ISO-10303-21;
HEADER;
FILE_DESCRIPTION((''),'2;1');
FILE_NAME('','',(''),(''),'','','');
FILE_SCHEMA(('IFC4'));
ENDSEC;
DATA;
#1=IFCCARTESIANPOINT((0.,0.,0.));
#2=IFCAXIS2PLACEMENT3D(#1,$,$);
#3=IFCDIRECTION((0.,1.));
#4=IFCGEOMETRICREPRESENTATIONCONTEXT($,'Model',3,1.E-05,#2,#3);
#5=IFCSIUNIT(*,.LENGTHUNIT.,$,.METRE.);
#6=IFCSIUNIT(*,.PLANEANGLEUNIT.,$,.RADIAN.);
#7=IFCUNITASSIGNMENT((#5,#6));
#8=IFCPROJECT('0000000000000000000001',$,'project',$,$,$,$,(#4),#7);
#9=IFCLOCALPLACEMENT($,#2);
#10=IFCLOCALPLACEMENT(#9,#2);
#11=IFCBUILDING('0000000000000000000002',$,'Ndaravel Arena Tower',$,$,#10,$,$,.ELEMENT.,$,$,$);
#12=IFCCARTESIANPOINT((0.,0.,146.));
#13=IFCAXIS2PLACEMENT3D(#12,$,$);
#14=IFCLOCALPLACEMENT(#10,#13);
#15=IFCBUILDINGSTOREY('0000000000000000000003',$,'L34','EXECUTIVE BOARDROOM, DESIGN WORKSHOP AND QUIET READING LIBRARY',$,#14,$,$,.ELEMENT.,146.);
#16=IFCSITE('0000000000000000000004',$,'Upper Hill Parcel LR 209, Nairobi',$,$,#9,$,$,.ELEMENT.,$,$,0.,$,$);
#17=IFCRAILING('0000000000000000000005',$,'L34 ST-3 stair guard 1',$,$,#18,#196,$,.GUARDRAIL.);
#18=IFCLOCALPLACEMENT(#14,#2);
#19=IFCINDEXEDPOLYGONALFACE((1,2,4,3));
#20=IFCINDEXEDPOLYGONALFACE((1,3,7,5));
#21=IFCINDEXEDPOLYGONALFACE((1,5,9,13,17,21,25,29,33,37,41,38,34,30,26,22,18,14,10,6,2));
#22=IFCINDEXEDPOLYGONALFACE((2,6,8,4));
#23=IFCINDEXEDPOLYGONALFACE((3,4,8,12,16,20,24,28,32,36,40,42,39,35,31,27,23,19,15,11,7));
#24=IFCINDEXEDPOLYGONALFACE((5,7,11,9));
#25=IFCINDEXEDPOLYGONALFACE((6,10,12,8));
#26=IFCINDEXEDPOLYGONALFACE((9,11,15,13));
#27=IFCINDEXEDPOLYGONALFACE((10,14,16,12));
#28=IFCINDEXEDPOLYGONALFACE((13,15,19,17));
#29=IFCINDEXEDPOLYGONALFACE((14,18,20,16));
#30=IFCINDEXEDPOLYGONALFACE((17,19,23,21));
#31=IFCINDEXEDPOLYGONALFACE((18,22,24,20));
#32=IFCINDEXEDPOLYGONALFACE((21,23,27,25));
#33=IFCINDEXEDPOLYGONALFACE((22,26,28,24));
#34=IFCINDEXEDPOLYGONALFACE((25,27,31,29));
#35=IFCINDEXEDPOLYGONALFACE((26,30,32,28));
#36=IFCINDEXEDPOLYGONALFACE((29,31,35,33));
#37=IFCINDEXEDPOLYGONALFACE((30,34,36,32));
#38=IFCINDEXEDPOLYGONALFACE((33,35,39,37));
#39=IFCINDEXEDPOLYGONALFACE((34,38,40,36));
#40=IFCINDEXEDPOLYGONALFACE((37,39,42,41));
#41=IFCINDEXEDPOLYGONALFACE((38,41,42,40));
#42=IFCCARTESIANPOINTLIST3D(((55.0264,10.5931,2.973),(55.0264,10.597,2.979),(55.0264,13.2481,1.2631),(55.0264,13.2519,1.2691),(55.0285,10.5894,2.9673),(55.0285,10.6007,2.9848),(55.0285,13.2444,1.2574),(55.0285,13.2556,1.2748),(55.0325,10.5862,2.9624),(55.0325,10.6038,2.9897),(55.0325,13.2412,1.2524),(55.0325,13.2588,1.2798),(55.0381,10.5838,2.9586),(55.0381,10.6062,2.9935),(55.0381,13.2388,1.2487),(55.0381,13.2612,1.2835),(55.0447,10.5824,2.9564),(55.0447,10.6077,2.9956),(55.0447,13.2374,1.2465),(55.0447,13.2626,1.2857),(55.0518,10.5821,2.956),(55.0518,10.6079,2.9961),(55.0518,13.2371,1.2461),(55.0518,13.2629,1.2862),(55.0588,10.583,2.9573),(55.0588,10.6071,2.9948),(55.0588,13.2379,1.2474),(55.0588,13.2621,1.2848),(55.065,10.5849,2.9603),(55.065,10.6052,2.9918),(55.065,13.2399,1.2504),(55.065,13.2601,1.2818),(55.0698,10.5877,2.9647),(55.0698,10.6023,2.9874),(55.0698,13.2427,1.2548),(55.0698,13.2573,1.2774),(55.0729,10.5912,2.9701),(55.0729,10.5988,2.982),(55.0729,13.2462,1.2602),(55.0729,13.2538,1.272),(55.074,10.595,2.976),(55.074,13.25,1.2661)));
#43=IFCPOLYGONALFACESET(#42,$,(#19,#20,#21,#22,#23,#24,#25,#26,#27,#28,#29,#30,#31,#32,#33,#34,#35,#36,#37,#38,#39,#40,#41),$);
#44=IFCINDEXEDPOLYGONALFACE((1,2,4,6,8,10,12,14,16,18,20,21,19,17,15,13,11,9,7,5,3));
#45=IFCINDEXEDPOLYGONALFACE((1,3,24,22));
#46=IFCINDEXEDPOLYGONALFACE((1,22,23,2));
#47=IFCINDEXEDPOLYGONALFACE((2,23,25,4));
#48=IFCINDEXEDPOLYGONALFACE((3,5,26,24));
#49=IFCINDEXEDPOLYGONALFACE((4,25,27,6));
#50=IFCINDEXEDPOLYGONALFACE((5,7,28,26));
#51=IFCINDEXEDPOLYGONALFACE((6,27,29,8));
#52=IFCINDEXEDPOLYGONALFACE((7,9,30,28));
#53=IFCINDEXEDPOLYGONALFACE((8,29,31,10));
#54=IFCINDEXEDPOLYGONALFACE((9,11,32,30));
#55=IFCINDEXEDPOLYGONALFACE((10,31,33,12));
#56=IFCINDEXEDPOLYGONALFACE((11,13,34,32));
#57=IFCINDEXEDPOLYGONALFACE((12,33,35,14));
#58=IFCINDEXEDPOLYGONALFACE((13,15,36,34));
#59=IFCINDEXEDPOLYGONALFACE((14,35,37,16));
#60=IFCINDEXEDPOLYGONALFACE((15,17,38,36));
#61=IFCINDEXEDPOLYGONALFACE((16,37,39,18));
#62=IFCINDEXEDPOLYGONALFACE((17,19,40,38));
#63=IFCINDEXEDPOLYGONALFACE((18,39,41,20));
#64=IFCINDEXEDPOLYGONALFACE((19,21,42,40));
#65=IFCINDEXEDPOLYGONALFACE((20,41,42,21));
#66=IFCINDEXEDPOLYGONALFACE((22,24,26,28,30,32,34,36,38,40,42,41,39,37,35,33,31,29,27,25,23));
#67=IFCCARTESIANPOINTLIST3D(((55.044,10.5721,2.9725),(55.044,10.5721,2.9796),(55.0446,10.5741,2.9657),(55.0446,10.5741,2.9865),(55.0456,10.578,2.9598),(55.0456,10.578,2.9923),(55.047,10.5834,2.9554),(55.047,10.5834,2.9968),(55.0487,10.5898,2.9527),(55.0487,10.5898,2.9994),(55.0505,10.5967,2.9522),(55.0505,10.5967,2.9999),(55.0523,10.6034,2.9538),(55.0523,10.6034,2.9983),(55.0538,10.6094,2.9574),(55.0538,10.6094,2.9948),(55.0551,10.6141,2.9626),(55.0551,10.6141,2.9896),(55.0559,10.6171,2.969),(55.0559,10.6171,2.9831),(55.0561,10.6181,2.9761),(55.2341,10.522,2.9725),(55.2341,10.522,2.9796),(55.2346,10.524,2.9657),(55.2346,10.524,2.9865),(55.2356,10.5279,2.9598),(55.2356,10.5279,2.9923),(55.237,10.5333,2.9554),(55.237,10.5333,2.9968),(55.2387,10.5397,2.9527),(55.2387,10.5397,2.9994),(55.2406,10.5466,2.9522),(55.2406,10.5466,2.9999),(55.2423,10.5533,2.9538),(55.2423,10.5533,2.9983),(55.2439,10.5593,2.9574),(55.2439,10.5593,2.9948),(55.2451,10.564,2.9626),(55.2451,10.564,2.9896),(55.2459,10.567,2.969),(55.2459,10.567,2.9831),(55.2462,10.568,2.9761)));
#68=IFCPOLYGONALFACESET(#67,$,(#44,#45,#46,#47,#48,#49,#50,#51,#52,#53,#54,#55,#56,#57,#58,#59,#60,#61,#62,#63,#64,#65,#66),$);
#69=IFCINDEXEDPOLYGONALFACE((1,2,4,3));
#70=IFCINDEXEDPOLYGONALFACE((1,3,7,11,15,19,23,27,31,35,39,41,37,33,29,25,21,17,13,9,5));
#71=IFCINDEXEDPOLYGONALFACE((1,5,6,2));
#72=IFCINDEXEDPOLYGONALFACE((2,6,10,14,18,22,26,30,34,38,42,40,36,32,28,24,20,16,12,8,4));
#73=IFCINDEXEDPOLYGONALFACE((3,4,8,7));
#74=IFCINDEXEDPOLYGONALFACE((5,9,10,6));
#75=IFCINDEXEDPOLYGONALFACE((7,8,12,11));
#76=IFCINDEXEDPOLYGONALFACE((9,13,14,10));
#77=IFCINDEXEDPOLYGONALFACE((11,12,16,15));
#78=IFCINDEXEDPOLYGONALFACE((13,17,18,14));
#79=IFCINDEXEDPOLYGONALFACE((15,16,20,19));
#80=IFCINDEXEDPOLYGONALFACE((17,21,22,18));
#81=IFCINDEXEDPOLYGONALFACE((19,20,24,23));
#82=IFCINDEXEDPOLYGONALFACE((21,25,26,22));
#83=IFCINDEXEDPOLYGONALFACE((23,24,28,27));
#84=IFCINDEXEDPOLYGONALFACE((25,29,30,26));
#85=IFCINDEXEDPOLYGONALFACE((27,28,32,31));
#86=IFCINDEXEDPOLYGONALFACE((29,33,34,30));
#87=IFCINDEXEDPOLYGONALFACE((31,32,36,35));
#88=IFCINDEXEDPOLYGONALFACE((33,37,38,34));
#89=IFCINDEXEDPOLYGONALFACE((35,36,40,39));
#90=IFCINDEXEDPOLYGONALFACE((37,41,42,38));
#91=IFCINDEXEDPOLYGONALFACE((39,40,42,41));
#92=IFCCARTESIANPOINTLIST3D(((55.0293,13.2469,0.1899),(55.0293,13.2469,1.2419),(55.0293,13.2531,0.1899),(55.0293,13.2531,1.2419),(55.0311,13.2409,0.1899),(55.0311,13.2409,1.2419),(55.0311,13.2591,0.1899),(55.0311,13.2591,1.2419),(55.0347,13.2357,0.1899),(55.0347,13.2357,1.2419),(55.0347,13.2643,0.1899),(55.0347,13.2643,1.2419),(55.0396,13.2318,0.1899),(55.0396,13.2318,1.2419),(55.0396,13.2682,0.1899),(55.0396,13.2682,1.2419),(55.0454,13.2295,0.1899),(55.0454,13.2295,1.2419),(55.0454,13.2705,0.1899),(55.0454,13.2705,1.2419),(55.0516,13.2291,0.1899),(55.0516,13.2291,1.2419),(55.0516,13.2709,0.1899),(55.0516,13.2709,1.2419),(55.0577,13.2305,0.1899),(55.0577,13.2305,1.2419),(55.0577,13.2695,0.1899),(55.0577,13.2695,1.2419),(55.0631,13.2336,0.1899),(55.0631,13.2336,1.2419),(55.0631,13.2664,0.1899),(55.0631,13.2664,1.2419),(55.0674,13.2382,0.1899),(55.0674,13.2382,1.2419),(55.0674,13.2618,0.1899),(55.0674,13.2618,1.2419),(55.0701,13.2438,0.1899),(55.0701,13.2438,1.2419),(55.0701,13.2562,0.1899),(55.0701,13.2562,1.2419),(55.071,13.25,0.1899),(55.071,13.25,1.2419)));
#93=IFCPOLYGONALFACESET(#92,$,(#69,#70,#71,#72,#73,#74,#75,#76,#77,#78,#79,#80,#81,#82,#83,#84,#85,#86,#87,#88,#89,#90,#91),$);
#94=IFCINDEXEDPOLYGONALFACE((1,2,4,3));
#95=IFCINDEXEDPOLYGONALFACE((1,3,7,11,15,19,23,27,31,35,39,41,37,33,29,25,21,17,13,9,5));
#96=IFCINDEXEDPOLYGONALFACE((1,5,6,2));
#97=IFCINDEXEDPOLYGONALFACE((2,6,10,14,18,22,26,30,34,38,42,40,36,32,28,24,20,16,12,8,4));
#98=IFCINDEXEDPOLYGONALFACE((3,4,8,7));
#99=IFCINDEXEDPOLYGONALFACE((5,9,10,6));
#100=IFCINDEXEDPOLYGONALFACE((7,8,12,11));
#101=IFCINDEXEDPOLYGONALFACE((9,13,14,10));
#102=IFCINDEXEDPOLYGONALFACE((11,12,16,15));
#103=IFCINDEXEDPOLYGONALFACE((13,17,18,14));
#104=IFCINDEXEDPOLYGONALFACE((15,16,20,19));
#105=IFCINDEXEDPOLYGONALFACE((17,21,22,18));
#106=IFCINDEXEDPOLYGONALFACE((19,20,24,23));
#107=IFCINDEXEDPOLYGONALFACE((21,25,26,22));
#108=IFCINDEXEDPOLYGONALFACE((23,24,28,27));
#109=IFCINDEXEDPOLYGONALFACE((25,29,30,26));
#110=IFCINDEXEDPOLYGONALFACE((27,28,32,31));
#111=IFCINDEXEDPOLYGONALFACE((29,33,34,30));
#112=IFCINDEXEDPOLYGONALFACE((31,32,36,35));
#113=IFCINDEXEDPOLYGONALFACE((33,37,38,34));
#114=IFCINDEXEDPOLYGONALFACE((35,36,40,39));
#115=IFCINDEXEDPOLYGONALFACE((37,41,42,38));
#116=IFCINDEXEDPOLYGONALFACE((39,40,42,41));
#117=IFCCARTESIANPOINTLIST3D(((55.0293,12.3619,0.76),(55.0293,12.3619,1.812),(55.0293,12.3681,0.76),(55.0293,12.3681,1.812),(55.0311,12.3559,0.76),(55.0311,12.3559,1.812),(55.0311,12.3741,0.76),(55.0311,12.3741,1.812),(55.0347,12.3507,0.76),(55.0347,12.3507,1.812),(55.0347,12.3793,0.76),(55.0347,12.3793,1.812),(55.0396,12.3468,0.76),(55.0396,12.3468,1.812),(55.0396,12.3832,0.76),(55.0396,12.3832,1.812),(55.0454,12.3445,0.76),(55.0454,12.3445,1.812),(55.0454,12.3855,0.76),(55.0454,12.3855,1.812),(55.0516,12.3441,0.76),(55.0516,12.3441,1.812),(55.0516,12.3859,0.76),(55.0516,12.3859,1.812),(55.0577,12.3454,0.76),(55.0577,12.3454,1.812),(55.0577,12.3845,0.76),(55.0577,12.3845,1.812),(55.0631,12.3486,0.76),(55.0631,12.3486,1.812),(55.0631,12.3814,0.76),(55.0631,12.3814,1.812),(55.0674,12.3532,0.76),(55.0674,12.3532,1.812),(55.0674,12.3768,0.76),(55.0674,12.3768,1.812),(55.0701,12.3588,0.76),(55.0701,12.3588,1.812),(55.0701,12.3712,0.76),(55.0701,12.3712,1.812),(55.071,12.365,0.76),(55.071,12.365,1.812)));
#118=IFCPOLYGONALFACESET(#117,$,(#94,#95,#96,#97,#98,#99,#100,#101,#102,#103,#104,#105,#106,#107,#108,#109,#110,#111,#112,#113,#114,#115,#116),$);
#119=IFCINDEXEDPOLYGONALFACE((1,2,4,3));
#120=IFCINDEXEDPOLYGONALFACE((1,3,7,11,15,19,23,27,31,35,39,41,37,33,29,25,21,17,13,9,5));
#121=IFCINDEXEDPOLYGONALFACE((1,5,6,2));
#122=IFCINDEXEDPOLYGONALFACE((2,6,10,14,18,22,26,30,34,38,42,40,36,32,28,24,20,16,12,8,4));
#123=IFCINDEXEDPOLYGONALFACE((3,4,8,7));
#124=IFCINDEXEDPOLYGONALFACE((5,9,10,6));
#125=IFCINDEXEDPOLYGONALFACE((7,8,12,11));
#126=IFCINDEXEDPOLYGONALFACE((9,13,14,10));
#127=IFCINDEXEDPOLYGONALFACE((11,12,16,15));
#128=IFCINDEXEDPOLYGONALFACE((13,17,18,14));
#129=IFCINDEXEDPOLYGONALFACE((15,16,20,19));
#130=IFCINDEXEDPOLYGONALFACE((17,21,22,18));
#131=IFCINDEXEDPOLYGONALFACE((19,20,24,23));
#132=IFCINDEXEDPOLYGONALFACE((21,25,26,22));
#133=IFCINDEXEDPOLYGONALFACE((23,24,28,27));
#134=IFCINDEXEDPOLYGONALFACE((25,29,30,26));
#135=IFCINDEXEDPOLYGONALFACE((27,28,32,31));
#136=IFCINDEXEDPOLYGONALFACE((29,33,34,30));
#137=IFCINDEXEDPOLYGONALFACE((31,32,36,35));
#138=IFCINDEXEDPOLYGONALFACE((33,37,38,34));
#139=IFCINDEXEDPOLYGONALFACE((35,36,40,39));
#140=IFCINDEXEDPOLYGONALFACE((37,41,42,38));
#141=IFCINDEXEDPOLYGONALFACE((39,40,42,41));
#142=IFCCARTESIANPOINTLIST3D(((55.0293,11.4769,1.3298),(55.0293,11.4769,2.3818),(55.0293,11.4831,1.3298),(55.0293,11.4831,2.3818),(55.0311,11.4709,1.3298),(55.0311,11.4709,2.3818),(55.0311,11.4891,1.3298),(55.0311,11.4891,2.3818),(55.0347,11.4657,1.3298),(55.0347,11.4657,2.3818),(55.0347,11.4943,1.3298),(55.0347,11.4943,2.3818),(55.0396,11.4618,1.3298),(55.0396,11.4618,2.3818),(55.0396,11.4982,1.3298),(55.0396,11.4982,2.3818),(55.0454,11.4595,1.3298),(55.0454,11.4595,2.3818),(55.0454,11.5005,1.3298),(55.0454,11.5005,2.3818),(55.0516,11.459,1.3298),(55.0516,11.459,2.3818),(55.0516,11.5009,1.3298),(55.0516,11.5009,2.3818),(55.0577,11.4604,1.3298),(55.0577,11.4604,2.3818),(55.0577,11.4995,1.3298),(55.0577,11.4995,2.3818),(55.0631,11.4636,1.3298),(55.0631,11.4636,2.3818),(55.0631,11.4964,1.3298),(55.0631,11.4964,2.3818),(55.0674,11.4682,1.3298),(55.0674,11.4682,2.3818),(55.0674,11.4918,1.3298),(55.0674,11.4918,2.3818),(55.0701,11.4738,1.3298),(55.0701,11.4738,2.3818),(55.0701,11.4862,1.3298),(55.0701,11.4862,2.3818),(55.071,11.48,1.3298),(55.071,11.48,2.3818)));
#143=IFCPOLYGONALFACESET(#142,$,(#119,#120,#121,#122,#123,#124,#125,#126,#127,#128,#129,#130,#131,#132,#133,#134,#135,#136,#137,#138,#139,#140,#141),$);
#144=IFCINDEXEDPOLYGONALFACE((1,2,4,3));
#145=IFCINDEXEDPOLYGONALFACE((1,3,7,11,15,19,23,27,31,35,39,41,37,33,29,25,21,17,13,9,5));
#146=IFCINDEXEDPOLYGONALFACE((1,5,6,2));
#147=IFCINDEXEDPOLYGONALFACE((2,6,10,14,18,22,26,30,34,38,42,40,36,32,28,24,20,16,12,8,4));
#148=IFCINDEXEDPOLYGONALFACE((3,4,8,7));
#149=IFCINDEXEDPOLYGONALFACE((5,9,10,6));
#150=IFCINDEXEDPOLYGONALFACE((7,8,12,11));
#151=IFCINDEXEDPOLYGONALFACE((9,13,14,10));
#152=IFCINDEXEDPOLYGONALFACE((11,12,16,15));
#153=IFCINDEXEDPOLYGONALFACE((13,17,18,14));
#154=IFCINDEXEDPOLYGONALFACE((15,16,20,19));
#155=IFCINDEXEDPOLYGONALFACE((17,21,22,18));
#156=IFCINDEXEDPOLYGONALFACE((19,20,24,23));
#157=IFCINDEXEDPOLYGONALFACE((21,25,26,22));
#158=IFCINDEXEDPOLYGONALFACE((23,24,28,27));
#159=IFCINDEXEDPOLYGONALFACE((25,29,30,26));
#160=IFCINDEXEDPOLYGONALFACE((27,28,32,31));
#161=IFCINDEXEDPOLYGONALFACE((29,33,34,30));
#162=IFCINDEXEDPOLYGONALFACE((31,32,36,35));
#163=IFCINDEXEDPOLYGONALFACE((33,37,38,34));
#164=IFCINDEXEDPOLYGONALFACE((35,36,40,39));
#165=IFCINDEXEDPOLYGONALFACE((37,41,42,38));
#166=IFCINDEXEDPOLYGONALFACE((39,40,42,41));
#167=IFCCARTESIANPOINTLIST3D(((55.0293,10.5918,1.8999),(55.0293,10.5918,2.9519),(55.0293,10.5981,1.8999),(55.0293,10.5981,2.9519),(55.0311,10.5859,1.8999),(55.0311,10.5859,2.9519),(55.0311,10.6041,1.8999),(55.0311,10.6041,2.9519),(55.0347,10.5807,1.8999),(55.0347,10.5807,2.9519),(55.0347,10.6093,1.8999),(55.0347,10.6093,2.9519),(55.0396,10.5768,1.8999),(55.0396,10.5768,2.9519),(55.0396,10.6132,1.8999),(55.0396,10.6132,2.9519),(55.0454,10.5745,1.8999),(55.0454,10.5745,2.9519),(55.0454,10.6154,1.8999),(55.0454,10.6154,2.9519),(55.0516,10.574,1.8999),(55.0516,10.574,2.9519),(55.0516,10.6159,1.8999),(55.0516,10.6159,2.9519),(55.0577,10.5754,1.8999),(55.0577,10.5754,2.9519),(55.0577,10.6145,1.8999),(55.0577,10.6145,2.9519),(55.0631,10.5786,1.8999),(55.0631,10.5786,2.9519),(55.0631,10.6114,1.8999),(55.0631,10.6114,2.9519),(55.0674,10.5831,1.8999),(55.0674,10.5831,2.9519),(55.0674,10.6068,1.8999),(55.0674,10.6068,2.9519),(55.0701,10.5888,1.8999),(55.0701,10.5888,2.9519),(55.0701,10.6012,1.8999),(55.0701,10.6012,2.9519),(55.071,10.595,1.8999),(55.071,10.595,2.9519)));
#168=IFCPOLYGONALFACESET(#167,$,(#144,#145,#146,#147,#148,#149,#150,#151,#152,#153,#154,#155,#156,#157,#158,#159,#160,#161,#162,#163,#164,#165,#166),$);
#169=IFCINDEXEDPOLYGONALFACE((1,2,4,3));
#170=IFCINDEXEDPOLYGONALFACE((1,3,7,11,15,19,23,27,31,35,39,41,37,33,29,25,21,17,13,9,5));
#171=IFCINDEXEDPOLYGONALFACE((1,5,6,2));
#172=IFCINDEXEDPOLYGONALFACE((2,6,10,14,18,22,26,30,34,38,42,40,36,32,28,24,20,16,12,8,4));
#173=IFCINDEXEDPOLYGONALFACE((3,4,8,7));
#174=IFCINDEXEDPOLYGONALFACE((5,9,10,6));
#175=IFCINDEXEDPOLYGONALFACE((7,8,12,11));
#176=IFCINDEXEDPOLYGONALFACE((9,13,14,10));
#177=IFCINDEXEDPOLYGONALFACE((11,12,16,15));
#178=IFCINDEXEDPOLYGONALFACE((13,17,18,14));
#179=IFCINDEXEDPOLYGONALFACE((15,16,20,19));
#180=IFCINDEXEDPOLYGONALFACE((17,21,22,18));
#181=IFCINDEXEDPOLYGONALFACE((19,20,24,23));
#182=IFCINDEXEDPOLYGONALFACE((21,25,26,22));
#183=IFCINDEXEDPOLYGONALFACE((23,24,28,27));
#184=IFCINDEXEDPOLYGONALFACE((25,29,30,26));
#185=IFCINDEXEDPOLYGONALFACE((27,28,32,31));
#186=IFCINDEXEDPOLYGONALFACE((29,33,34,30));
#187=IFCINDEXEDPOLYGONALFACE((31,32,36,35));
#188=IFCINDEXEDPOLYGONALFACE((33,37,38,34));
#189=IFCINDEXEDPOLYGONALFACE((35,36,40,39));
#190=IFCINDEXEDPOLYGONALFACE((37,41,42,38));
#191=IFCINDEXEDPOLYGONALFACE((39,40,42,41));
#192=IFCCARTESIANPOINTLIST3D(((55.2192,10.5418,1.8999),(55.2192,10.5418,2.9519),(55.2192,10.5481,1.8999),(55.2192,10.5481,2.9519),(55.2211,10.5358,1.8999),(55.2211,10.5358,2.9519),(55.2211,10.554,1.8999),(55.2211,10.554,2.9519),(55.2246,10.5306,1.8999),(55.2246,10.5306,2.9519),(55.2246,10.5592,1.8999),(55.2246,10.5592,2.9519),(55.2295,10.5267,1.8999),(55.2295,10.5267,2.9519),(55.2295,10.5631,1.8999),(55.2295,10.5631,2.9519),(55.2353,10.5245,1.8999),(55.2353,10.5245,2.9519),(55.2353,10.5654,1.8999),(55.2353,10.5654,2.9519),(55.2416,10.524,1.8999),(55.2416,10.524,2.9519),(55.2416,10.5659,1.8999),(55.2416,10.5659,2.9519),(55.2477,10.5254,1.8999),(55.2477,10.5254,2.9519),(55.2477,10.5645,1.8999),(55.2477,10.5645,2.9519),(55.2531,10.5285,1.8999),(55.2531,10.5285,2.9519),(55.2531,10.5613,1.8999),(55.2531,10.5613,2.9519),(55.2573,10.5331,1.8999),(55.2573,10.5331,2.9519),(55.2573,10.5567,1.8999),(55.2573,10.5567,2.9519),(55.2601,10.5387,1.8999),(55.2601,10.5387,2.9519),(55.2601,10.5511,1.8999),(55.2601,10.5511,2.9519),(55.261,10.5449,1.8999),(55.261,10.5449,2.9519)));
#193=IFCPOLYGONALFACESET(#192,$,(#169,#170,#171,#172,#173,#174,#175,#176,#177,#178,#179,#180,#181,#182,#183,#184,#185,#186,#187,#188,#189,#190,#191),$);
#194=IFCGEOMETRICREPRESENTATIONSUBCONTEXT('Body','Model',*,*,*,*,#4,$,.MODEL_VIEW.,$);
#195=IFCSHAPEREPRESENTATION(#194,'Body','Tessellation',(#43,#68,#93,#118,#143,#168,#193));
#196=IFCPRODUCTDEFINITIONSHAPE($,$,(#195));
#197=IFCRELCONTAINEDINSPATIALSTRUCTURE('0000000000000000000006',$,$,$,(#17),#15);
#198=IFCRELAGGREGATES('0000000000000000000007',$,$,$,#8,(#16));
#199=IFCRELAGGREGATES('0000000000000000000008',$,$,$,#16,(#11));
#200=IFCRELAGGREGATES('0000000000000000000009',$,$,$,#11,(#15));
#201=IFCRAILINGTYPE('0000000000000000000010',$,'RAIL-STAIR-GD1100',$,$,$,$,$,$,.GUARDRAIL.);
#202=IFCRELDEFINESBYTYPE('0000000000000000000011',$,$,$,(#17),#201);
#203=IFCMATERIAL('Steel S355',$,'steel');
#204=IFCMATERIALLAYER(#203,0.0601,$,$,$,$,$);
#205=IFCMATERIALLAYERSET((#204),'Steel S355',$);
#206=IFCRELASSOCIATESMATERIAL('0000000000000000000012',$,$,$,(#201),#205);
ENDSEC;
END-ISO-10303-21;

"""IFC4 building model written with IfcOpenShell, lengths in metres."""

from ifc_helpers import new_model, si_unit, direction, frame, origin, origin_2d, place, context, subcontext, project, spatial, circle, extrude, material, layer, layer_set, type_object, element, save


model = new_model("IFC4")

# Units and contexts
model_context = context("Model", 3, precision=1e-05, world=origin(), true_north=direction((0.0, 1.0)))
body_context = subcontext(model_context, "Body", "Model", "MODEL_VIEW")
ifc_project = project(units=[si_unit("LENGTHUNIT", "METRE"), si_unit("PLANEANGLEUNIT", "RADIAN")], contexts=[model_context])

# Site, building, storey
site_placement = place(None, origin())
site = spatial("IfcSite", under=ifc_project, at=site_placement, Name="Upper Hill Parcel LR 209, Nairobi", CompositionType="ELEMENT", RefElevation=0.0)
building_placement = place(site_placement, origin())
building = spatial("IfcBuilding", under=site, at=building_placement, Name="Ndaravel Arena Tower", CompositionType="ELEMENT")
storey_placement = place(building_placement, frame((0.0, 0.0, 146.0)))
storey = spatial("IfcBuildingStorey", under=building, at=storey_placement, Name="L34", Description="EXECUTIVE BOARDROOM, DESIGN WORKSHOP AND QUIET READING LIBRARY", CompositionType="ELEMENT", Elevation=146.0)

# Railing
ifc_material_1 = material(Name="Steel S355", Category="steel")
ifc_layer_1 = layer(ifc_material_1, 0.0601)
ifc_layer_set_1 = layer_set([ifc_layer_1], Name="Steel S355")
railing_type_1 = type_object("IfcRailingType", Name="RAIL-STAIR-GD1100", PredefinedType="GUARDRAIL", material=ifc_layer_set_1)
railing_1_placement = place(storey_placement, frame((55.05, 13.25, 0.1899)))
element("IfcRailing", 1, at=railing_1_placement, inside=storey, type_object=railing_type_1, Name="L34 ST-3 stair guard 1", PredefinedType="GUARDRAIL", context=body_context, shape_type="SweptSolid", body=[
    extrude(circle(Radius=0.0239, at=origin_2d()), frame((0.0, 0.0, 1.0762), z_axis=(0.0, -0.840724, 0.541465), x_axis=(1.0, 0.0, 0.0)), (0.0, 0.0, 1.0), 3.158),
    extrude(circle(Radius=0.0239, at=origin_2d()), frame((0.0, -2.655, 2.7861), z_axis=(0.966994, -0.254799, 0.0), x_axis=(0.254799, 0.966994, 0.0)), (0.0, 0.0, 1.0), 0.1965),
    extrude(circle(Radius=0.021, at=origin_2d()), origin(), (0.0, 0.0, 1.0), 1.052),
    extrude(circle(Radius=0.021, at=origin_2d()), frame((0.0, -0.885, 0.5701)), (0.0, 0.0, 1.0), 1.052),
    extrude(circle(Radius=0.021, at=origin_2d()), frame((0.0, -1.77, 1.1399)), (0.0, 0.0, 1.0), 1.052),
    extrude(circle(Radius=0.021, at=origin_2d()), frame((0.0, -2.655, 1.71)), (0.0, 0.0, 1.0), 1.052),
    extrude(circle(Radius=0.021, at=origin_2d()), frame((0.1899, -2.7051, 1.71)), (0.0, 0.0, 1.0), 1.052),
])

save(model, "model.ifc")
